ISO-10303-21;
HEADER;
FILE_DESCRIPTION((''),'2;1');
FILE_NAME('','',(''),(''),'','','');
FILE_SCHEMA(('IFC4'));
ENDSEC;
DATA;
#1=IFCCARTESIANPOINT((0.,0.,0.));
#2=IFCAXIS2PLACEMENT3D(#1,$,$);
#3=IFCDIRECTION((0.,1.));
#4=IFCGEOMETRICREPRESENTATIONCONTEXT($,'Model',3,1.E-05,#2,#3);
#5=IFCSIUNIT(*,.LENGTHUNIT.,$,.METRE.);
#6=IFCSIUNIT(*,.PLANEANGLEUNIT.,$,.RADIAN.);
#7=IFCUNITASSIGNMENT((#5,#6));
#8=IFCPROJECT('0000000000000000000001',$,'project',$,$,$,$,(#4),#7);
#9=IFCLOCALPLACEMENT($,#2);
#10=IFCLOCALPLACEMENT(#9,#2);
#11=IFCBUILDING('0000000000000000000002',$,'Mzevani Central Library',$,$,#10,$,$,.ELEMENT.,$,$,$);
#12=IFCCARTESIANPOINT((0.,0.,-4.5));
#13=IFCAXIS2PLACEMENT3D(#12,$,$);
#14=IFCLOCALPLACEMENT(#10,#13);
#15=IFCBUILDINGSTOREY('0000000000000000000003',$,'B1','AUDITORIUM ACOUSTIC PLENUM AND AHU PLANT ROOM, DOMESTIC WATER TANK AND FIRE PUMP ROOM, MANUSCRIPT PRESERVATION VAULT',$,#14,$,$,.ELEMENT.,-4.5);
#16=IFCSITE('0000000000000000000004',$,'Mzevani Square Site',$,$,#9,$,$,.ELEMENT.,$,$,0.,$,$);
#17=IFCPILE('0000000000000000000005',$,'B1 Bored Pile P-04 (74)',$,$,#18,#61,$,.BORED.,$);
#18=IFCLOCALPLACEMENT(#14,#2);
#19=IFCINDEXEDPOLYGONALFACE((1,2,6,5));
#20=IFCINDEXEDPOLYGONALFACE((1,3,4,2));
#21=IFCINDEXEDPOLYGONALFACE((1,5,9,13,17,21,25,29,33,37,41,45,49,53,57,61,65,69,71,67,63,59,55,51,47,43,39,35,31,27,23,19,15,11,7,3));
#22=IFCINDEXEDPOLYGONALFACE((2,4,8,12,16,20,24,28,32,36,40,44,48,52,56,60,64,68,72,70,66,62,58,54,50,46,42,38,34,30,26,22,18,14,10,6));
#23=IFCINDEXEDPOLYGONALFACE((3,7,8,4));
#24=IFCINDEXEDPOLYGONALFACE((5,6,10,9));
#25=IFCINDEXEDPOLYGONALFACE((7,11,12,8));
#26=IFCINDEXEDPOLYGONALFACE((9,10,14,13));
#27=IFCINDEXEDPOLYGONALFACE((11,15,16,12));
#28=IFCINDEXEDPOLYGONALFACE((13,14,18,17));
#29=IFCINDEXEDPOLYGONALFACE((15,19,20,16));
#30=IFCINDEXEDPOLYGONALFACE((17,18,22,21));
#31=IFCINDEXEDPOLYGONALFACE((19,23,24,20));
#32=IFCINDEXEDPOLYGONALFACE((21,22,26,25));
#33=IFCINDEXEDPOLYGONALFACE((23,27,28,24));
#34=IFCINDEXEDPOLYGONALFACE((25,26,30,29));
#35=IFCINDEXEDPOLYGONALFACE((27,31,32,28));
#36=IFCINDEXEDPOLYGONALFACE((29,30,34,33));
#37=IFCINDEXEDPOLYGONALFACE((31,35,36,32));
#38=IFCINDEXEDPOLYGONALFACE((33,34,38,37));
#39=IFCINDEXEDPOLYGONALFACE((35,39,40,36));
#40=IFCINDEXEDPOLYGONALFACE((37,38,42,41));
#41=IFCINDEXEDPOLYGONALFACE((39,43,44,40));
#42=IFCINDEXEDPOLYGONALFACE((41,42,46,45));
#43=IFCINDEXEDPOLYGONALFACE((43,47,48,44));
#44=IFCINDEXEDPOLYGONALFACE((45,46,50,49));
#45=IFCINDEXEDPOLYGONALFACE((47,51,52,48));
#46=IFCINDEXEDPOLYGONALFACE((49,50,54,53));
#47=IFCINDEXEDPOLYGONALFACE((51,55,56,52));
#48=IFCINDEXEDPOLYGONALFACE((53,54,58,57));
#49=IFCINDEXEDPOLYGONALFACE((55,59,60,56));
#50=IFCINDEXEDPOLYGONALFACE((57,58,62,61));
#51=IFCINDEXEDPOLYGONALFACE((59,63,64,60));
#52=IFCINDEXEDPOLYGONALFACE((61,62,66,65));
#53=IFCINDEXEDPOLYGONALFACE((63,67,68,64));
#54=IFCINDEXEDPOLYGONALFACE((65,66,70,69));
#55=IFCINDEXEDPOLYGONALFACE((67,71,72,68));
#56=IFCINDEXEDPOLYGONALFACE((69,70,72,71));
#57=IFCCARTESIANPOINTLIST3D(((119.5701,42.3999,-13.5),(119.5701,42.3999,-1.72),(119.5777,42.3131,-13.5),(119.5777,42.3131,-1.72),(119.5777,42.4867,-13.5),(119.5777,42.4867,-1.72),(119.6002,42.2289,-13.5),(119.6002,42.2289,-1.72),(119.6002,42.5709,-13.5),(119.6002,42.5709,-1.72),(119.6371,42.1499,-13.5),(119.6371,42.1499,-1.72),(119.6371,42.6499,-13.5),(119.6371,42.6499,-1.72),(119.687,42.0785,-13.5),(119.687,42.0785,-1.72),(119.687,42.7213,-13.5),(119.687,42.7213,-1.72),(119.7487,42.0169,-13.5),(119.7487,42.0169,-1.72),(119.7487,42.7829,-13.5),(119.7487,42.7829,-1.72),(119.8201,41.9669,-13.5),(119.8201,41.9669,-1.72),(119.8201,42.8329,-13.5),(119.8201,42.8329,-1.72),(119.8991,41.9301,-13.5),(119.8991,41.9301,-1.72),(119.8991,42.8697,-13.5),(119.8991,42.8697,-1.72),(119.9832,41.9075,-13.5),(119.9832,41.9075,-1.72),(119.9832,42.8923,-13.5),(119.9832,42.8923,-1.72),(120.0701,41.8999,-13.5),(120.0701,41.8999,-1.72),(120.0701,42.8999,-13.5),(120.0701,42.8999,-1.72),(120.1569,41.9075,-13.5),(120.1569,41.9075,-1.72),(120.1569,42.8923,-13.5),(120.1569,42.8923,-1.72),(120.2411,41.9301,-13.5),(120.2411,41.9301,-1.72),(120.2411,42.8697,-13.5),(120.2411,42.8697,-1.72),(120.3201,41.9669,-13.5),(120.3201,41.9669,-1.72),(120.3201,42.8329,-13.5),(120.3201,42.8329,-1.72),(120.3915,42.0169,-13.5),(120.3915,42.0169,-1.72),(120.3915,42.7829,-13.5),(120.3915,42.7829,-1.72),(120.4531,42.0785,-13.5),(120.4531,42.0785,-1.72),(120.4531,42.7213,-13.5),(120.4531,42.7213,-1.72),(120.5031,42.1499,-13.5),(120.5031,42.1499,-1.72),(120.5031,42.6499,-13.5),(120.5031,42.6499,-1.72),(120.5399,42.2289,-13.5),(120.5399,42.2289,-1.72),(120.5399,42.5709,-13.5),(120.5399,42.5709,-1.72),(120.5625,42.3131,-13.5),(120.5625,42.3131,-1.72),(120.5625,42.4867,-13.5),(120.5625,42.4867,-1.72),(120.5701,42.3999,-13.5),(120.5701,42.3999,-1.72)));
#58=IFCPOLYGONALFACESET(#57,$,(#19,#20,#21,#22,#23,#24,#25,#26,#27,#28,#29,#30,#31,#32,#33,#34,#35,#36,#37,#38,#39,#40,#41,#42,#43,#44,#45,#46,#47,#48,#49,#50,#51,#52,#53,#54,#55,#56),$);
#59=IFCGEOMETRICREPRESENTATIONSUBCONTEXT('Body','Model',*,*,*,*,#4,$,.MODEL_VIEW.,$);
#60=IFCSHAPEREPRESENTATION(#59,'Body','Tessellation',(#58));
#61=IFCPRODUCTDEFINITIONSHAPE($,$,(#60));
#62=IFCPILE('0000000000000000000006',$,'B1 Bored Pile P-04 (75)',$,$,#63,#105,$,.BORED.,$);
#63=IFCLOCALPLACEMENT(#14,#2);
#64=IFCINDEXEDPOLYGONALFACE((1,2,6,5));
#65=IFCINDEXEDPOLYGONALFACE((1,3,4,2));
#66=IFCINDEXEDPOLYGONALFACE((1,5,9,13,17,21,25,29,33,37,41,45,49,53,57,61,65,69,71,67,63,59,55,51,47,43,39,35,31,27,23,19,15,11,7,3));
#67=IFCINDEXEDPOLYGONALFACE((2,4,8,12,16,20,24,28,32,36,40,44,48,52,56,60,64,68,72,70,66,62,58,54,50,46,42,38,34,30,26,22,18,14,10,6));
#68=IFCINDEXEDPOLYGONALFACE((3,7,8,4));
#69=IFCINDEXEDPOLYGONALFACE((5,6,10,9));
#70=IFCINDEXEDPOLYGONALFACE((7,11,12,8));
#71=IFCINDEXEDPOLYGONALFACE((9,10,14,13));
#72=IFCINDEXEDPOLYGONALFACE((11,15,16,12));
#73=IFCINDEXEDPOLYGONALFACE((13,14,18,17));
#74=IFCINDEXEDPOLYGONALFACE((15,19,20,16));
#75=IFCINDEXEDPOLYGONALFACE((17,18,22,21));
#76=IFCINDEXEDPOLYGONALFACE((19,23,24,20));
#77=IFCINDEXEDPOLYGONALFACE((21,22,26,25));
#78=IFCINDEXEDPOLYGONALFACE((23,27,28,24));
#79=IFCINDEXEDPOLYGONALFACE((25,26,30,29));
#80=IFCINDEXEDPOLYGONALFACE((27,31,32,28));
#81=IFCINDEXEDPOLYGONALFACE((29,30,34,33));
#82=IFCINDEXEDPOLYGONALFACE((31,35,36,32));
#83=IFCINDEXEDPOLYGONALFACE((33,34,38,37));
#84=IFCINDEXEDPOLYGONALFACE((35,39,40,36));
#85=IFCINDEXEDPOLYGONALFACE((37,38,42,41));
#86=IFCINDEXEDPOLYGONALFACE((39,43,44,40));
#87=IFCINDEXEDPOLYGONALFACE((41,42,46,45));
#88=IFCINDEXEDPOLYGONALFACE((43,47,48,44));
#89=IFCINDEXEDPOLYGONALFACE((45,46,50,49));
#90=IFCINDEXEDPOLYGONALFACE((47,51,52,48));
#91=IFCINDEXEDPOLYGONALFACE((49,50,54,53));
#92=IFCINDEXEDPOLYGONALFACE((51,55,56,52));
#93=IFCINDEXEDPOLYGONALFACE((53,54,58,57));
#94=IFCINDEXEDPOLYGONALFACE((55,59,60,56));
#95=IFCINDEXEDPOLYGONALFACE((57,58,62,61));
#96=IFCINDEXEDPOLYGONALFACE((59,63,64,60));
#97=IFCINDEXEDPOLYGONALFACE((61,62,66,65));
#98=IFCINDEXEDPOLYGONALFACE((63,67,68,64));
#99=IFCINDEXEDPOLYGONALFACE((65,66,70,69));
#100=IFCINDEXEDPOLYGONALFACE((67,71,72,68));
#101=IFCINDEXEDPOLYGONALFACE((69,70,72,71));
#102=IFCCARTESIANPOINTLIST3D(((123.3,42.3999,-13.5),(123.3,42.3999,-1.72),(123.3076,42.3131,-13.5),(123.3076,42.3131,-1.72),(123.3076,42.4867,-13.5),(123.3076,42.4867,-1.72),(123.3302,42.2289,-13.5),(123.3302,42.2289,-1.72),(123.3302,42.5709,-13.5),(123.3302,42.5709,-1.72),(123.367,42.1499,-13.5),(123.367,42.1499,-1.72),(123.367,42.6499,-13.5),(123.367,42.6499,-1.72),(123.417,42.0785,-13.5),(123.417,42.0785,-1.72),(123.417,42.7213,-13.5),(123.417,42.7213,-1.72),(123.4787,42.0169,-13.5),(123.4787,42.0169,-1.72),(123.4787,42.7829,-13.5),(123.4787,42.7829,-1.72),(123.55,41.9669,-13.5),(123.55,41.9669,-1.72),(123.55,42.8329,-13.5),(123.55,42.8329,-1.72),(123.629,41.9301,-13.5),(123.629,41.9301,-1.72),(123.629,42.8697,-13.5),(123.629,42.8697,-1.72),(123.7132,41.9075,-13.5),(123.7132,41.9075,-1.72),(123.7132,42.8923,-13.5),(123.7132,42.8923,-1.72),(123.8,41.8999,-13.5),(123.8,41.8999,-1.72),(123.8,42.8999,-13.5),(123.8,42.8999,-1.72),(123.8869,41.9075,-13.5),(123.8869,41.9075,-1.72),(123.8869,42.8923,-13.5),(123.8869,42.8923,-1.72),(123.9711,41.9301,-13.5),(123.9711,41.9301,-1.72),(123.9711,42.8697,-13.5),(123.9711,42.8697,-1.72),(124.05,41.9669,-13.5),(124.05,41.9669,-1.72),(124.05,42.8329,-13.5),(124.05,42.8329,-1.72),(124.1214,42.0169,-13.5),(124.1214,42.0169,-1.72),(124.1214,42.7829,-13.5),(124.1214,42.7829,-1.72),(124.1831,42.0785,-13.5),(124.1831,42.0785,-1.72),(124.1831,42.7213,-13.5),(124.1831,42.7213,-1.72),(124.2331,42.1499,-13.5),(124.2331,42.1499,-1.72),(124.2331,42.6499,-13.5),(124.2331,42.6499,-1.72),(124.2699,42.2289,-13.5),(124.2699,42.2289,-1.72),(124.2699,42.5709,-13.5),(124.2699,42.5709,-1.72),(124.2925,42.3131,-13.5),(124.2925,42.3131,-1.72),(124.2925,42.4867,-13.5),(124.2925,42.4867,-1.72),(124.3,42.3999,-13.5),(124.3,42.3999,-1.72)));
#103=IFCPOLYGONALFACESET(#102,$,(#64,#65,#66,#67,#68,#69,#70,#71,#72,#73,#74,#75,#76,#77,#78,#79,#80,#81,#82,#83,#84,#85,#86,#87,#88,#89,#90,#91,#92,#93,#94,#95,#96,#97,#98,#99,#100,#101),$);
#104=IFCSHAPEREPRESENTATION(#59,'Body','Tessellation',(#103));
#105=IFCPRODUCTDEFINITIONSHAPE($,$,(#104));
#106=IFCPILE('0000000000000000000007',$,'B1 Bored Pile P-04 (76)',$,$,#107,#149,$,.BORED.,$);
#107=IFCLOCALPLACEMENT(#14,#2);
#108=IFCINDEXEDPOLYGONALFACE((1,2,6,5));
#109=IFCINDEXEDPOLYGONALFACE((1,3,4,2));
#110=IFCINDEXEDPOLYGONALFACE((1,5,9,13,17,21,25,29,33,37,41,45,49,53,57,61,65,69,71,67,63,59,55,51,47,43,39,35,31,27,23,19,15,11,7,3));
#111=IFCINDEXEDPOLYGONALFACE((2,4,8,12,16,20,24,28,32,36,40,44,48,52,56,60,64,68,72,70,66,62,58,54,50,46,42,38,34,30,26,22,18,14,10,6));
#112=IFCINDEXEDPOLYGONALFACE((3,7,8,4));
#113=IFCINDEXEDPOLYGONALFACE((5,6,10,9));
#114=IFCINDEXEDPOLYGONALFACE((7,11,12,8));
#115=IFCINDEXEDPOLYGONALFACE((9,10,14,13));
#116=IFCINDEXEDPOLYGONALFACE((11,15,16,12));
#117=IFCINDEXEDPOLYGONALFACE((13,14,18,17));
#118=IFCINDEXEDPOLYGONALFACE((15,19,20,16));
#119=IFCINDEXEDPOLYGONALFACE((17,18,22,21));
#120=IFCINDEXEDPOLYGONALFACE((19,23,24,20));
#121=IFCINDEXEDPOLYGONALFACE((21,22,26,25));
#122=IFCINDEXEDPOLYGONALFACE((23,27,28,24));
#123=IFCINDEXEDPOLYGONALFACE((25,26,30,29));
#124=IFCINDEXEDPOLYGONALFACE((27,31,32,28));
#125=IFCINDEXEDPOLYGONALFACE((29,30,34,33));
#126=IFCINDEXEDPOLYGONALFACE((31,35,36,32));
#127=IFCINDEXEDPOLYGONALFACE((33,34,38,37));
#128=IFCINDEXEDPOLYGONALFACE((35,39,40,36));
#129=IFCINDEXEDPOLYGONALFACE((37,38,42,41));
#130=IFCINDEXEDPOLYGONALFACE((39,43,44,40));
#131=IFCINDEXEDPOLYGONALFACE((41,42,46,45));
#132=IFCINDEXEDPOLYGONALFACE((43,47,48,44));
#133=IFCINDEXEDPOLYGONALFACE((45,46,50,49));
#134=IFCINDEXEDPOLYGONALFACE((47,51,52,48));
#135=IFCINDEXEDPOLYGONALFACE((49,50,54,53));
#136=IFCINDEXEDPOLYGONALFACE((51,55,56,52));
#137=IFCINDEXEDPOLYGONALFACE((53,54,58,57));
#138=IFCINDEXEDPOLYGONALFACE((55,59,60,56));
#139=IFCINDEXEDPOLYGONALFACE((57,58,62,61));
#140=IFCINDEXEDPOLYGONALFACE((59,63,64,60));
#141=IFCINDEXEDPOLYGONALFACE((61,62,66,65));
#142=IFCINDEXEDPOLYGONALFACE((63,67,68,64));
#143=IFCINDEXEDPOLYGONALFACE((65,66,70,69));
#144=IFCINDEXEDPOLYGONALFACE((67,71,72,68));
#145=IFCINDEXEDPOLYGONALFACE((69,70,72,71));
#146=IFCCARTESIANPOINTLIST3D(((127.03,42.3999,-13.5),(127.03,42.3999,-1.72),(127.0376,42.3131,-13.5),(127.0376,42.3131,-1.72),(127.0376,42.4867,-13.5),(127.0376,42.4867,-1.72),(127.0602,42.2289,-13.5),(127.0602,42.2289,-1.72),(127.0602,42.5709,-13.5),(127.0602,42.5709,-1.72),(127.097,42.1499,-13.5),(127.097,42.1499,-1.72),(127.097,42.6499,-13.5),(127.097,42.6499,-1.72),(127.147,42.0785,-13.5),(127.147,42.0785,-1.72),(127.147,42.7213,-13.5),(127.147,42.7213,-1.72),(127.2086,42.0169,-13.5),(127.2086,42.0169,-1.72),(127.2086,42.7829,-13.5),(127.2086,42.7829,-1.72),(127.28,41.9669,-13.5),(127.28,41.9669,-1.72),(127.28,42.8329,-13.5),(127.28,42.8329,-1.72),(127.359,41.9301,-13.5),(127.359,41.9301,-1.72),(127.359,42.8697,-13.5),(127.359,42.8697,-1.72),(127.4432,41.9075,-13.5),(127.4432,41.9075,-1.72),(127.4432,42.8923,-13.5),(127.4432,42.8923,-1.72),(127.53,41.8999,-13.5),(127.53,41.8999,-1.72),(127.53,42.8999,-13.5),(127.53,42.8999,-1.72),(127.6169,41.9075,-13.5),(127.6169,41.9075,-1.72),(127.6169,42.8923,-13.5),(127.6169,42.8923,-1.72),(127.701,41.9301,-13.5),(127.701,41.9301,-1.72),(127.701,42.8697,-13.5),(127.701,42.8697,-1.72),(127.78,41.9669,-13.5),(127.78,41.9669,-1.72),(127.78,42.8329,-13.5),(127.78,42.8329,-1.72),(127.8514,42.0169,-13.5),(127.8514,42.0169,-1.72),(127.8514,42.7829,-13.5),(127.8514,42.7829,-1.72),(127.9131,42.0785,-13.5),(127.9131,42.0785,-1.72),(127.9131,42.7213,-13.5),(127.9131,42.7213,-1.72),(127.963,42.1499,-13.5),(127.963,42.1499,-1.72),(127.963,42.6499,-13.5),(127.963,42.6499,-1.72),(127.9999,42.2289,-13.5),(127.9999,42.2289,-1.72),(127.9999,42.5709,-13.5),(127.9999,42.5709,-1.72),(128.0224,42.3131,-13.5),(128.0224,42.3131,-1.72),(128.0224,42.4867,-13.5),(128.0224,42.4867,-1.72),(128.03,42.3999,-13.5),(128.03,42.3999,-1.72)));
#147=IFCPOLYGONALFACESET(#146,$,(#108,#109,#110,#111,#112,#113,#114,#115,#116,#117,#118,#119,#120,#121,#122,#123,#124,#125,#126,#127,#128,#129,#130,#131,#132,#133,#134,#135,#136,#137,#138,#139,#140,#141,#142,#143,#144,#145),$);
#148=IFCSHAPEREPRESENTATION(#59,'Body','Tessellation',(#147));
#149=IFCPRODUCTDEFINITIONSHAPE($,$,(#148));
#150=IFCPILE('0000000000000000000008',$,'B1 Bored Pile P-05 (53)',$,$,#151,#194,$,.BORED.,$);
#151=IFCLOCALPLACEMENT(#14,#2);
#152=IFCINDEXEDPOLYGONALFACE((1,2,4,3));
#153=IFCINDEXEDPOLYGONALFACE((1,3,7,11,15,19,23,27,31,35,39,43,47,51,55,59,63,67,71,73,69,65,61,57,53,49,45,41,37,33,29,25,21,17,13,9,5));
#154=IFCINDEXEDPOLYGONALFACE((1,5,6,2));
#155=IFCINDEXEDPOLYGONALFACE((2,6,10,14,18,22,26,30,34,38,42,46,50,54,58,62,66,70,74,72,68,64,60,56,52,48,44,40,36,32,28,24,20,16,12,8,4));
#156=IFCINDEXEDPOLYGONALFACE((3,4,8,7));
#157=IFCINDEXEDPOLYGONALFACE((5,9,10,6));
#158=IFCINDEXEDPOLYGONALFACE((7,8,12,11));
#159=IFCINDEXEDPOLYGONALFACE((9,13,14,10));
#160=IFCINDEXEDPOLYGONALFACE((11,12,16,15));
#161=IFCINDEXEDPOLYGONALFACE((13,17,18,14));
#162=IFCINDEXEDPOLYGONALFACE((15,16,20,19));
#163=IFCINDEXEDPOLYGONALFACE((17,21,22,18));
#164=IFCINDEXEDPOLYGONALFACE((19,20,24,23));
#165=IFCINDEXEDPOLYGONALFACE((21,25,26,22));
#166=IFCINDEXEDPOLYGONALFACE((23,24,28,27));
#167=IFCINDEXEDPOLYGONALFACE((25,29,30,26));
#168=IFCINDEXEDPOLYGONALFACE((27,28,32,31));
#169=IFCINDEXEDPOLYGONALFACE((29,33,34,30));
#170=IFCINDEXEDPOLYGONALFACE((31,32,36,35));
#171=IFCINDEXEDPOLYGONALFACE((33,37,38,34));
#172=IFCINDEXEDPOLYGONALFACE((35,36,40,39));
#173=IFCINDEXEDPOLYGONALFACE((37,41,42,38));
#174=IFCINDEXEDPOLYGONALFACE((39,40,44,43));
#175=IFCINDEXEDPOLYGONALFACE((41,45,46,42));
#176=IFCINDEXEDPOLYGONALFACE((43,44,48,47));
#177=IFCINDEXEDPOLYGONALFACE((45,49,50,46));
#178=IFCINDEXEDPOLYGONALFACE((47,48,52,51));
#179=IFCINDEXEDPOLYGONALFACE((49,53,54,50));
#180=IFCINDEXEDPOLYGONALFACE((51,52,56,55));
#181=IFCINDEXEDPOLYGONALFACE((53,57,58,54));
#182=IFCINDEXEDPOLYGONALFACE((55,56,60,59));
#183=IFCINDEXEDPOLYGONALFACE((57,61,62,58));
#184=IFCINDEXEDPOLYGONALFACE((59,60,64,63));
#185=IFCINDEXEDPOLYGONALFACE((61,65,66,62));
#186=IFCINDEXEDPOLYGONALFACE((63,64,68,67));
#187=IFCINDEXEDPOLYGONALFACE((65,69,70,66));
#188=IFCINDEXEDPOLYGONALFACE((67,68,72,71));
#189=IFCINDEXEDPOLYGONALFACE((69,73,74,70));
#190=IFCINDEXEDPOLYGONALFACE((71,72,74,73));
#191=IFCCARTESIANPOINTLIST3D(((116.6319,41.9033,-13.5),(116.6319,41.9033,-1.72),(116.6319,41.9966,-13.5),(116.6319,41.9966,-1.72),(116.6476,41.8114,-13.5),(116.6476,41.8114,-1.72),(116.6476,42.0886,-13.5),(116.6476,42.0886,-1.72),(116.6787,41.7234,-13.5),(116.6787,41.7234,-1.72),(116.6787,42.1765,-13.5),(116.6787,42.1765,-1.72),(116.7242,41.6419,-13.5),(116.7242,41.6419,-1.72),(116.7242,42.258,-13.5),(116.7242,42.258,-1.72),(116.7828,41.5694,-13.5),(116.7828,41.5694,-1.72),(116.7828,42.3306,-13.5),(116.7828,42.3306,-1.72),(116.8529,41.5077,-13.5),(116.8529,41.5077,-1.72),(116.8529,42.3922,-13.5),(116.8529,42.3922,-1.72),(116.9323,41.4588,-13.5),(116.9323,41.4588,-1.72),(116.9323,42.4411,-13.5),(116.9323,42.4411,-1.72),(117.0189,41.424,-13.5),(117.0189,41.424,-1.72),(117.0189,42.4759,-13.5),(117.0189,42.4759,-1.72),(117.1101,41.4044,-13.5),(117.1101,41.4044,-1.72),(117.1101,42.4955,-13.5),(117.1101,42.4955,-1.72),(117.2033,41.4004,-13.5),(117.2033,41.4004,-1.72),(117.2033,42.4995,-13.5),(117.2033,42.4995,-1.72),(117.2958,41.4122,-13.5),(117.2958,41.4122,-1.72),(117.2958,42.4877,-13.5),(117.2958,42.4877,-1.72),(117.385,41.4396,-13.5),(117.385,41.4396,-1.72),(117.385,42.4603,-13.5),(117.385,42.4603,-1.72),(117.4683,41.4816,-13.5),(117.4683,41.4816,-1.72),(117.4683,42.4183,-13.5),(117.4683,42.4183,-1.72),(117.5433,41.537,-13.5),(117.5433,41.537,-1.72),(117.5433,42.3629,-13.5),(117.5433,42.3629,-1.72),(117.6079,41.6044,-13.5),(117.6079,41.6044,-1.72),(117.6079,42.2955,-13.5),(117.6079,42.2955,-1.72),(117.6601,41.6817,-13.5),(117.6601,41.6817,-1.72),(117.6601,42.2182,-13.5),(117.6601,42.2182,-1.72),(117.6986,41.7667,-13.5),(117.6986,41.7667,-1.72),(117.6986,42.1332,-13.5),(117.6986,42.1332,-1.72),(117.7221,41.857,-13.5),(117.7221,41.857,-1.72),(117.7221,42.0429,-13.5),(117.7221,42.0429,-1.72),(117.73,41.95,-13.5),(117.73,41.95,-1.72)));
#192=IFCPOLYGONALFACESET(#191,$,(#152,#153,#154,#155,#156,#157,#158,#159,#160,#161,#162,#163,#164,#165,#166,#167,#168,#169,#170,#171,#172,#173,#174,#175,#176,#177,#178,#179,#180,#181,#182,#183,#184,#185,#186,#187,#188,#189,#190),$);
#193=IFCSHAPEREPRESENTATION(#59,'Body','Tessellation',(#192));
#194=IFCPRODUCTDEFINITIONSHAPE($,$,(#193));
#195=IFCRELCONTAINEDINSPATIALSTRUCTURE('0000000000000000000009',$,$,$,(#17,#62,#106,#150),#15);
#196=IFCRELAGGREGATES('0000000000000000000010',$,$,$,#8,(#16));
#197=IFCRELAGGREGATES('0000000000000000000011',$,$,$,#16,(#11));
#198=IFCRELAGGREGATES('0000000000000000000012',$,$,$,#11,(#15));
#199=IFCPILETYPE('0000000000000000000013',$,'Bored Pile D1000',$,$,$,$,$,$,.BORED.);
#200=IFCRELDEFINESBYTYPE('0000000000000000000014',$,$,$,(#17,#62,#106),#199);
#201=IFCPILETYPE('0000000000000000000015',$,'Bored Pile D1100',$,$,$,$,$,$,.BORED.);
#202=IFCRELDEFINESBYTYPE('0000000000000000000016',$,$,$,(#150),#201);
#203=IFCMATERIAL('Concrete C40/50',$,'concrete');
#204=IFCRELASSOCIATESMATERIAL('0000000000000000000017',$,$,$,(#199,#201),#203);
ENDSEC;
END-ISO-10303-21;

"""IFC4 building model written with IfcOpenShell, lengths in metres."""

from ifc_helpers import new_model, si_unit, direction, frame, origin, origin_2d, place, context, subcontext, project, spatial, circle, extrude, material, material_profile, profile_set, type_object, element, save


model = new_model("IFC4")

# Units and contexts
model_context = context("Model", 3, precision=1e-05, world=origin(), true_north=direction((0.0, 1.0)))
body_context = subcontext(model_context, "Body", "Model", "MODEL_VIEW")
ifc_project = project(units=[si_unit("LENGTHUNIT", "METRE"), si_unit("PLANEANGLEUNIT", "RADIAN")], contexts=[model_context])

# Site, building, storey
site_placement = place(None, origin())
site = spatial("IfcSite", under=ifc_project, at=site_placement, Name="Mzevani Square Site", CompositionType="ELEMENT", RefElevation=0.0)
building_placement = place(site_placement, origin())
building = spatial("IfcBuilding", under=site, at=building_placement, Name="Mzevani Central Library", CompositionType="ELEMENT")
storey_placement = place(building_placement, frame((0.0, 0.0, -4.5)))
storey = spatial("IfcBuildingStorey", under=building, at=storey_placement, Name="B1", Description="AUDITORIUM ACOUSTIC PLENUM AND AHU PLANT ROOM, DOMESTIC WATER TANK AND FIRE PUMP ROOM, MANUSCRIPT PRESERVATION VAULT", CompositionType="ELEMENT", Elevation=-4.5)

# Piles
ifc_material_1 = material(Name="Concrete C40/50", Category="concrete")
ifc_material_profile_1 = material_profile(ifc_material_1, circle(Radius=0.5, at=origin_2d()), Name="PILE D1000")
ifc_profile_set_1 = profile_set([ifc_material_profile_1], Name="Concrete C40/50")
pile_type_1 = type_object("IfcPileType", Name="Bored Pile D1000", PredefinedType="BORED", material=ifc_profile_set_1)
for number, where, z_axis, x_axis, name in (
    (1, (120.0701, 42.3999, -1.72), (0.0, 0.0, -1.0), (1.0, 0.0, 0.0), "B1 Bored Pile P-04 (74)"),
    (2, (123.8, 42.3999, -1.72), (0.0, 0.0, -1.0), (1.0, 0.0, 0.0), "B1 Bored Pile P-04 (75)"),
    (3, (127.53, 42.3999, -1.72), (0.0, 0.0, -1.0), (1.0, 0.0, 0.0), "B1 Bored Pile P-04 (76)"),
):
    element("IfcPile", number, at=place(storey_placement, frame(where, z_axis=z_axis, x_axis=x_axis)), inside=storey, type_object=pile_type_1, Name=name, PredefinedType="BORED", context=body_context, shape_type="SweptSolid", body=[
        extrude(circle(Radius=0.5, at=origin_2d()), origin(), (0.0, 0.0, 1.0), 11.78),
    ])
ifc_material_profile_2 = material_profile(ifc_material_1, circle(Radius=0.55, at=origin_2d()), Name="PILE D1100")
ifc_profile_set_2 = profile_set([ifc_material_profile_2], Name="Concrete C40/50")
pile_type_2 = type_object("IfcPileType", Name="Bored Pile D1100", PredefinedType="BORED", material=ifc_profile_set_2)
pile_1_placement = place(storey_placement, frame((117.1799, 41.95, -1.72), z_axis=(0.0, 0.0, -1.0), x_axis=(1.0, 0.0, 0.0)))
element("IfcPile", 4, at=pile_1_placement, inside=storey, type_object=pile_type_2, Name="B1 Bored Pile P-05 (53)", PredefinedType="BORED", context=body_context, shape_type="SweptSolid", body=[
    extrude(circle(Radius=0.55, at=origin_2d()), origin(), (0.0, 0.0, 1.0), 11.78),
])

save(model, "model.ifc")
